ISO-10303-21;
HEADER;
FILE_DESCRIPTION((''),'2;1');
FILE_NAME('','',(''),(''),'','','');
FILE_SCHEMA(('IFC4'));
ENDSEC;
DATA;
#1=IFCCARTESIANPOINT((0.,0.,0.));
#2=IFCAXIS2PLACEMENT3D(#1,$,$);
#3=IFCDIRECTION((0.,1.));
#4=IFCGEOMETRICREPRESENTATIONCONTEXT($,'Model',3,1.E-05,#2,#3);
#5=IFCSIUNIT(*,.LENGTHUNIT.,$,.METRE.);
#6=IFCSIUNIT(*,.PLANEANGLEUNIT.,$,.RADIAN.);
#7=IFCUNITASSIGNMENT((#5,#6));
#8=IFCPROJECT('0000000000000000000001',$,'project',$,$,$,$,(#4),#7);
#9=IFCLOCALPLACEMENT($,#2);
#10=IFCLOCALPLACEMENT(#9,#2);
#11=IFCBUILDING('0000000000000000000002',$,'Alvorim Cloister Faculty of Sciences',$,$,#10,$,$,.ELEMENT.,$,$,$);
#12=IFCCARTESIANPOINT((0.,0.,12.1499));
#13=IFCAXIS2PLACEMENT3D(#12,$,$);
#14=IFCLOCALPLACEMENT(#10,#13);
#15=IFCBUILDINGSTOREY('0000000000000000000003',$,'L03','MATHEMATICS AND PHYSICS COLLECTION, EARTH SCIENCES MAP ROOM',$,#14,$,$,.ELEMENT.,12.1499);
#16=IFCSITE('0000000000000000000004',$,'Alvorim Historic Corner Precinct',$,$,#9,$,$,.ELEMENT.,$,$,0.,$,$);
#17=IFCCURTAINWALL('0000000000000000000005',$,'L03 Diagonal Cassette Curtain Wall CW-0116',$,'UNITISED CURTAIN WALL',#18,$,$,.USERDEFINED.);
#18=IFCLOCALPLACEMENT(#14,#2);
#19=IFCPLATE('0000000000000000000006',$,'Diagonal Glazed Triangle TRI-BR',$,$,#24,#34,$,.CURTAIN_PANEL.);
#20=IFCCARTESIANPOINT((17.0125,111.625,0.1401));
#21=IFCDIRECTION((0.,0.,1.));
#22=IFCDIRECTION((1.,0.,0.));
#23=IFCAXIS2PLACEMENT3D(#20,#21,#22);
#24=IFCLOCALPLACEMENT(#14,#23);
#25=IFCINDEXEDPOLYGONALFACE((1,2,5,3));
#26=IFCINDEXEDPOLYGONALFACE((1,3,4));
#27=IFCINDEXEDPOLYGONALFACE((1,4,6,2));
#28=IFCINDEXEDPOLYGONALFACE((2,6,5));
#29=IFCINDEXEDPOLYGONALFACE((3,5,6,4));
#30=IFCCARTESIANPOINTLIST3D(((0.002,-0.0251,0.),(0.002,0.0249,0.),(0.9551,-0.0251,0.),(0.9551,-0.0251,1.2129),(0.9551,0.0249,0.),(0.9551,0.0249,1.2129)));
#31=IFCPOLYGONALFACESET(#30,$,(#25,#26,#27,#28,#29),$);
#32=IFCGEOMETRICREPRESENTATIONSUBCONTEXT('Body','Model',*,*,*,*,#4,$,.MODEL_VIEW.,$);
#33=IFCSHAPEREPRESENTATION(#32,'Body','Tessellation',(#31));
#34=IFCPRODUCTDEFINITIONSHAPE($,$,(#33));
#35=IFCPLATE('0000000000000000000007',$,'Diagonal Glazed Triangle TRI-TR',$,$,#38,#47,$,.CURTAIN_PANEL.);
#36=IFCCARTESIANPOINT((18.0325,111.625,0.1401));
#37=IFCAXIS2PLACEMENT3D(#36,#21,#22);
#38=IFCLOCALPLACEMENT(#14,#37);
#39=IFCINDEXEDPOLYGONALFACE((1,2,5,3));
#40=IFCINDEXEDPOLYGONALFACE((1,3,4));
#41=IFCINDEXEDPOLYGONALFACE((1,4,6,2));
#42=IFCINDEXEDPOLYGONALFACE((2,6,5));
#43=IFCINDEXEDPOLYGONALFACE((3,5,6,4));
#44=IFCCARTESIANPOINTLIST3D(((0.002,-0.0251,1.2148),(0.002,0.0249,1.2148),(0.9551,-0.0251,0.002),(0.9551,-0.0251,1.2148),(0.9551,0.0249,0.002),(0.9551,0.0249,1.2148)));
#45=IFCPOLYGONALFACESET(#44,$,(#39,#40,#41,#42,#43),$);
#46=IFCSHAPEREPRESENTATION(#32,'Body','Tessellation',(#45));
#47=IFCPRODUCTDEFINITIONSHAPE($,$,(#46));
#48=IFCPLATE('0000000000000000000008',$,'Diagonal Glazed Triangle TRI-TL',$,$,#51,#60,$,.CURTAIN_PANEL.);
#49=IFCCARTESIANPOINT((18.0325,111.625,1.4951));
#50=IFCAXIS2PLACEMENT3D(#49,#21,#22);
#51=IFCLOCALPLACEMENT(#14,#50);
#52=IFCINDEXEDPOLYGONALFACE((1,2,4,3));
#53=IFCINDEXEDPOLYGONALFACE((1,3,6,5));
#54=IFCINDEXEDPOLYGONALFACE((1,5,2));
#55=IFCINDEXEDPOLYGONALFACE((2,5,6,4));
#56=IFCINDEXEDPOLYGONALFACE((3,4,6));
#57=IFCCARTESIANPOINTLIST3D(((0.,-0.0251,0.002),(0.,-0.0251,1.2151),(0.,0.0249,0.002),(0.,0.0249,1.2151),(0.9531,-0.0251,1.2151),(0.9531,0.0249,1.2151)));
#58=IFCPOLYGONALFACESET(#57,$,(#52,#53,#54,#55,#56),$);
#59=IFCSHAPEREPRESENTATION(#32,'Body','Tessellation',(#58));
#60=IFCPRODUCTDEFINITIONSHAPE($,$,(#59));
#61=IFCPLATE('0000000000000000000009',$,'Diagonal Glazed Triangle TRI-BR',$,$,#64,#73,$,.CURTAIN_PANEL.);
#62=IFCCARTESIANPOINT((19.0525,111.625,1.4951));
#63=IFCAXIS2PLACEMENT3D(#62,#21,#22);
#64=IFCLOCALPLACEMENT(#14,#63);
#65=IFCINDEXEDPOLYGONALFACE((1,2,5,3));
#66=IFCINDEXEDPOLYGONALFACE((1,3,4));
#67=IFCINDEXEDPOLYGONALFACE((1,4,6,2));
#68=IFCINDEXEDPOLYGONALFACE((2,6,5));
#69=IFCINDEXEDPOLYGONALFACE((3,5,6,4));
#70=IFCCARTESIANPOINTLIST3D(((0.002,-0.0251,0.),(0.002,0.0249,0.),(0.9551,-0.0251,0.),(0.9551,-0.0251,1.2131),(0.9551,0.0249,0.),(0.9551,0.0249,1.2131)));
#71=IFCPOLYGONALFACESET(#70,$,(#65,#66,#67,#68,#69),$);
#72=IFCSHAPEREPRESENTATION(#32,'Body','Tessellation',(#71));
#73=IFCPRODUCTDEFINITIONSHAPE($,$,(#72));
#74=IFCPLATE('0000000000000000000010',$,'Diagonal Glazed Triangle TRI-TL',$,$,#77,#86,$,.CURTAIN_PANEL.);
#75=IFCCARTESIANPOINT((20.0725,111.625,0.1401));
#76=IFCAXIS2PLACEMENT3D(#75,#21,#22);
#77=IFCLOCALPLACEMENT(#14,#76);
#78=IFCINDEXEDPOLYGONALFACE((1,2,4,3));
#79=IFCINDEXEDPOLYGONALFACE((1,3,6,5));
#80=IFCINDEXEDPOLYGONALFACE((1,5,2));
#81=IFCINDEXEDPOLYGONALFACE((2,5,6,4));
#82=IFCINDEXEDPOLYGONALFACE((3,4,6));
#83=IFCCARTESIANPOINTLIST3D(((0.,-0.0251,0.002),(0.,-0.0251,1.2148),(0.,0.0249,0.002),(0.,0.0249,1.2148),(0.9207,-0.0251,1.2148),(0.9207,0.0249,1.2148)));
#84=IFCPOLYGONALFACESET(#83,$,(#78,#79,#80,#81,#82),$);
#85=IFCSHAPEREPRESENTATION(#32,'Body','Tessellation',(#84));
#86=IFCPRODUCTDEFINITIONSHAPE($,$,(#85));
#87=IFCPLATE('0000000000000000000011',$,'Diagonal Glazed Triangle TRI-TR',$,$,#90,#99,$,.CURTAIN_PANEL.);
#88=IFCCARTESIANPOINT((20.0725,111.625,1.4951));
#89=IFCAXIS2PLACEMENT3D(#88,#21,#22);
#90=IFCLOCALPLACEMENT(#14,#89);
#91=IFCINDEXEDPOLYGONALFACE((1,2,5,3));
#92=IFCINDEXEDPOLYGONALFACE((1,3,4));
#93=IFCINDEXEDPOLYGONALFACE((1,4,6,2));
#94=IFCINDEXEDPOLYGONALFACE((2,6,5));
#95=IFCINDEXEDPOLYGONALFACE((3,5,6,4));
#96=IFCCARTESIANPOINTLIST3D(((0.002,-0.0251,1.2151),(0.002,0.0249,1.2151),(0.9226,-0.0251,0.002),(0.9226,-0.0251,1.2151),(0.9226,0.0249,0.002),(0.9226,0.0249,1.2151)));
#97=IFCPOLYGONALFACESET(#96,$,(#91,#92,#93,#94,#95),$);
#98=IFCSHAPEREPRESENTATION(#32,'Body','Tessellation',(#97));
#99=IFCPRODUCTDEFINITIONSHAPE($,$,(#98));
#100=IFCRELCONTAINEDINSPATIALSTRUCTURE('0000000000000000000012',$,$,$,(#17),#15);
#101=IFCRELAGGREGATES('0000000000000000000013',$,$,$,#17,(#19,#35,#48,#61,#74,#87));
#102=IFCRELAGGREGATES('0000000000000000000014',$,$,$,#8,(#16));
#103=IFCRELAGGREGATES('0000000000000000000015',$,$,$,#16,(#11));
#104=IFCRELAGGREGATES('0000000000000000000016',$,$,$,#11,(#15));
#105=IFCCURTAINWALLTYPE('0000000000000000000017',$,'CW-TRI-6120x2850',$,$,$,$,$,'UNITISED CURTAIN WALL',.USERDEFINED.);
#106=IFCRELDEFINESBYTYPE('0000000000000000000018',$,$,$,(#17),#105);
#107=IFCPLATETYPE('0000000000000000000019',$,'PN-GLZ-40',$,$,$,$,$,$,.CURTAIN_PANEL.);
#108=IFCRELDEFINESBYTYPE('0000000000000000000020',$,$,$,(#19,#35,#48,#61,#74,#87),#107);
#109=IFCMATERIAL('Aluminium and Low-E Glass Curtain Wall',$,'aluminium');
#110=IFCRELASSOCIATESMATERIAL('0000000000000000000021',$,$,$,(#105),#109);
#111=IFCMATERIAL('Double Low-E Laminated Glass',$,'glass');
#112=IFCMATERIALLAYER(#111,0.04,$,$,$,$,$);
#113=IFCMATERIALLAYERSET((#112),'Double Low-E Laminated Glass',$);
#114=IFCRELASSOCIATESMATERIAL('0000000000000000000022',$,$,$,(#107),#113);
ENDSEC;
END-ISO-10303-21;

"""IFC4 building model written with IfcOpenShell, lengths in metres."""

from ifc_helpers import new_model, si_unit, direction, frame, origin, place, context, subcontext, project, spatial, polyline, outline, extrude, material, layer, layer_set, type_object, element, aggregate, save


model = new_model("IFC4")

# Units and contexts
model_context = context("Model", 3, precision=1e-05, world=origin(), true_north=direction((0.0, 1.0)))
body_context = subcontext(model_context, "Body", "Model", "MODEL_VIEW")
ifc_project = project(units=[si_unit("LENGTHUNIT", "METRE"), si_unit("PLANEANGLEUNIT", "RADIAN")], contexts=[model_context])

# Site, building, storey
site_placement = place(None, origin())
site = spatial("IfcSite", under=ifc_project, at=site_placement, Name="Alvorim Historic Corner Precinct", CompositionType="ELEMENT", RefElevation=0.0)
building_placement = place(site_placement, origin())
building = spatial("IfcBuilding", under=site, at=building_placement, Name="Alvorim Cloister Faculty of Sciences", CompositionType="ELEMENT")
storey_placement = place(building_placement, frame((0.0, 0.0, 12.1499)))
storey = spatial("IfcBuildingStorey", under=building, at=storey_placement, Name="L03", Description="MATHEMATICS AND PHYSICS COLLECTION, EARTH SCIENCES MAP ROOM", CompositionType="ELEMENT", Elevation=12.1499)

# Curtain wall
ifc_material_1 = material(Name="Aluminium and Low-E Glass Curtain Wall", Category="aluminium")
curtain_wall_type_1 = type_object("IfcCurtainWallType", Name="CW-TRI-6120x2850", ElementType="UNITISED CURTAIN WALL", PredefinedType="USERDEFINED", material=ifc_material_1)
curtain_wall_1_placement = place(storey_placement, origin())
curtain_wall_1 = element("IfcCurtainWall", 1, at=curtain_wall_1_placement, inside=storey, type_object=curtain_wall_type_1, Name="L03 Diagonal Cassette Curtain Wall CW-0116", ObjectType="UNITISED CURTAIN WALL", PredefinedType="USERDEFINED")

# Plates
ifc_material_2 = material(Name="Double Low-E Laminated Glass", Category="glass")
ifc_layer = layer(ifc_material_2, 0.04)
ifc_layer_set = layer_set([ifc_layer], Name="Double Low-E Laminated Glass")
plate_type = type_object("IfcPlateType", Name="PN-GLZ-40", PredefinedType="CURTAIN_PANEL", material=ifc_layer_set)
plate_1_placement = place(storey_placement, frame((17.0125, 111.625, 0.1401), z_axis=(0.0, 0.0, 1.0), x_axis=(1.0, 0.0, 0.0)))
plate_1 = element("IfcPlate", 2, at=plate_1_placement, type_object=plate_type, Name="Diagonal Glazed Triangle TRI-BR", PredefinedType="CURTAIN_PANEL", context=body_context, shape_type="SweptSolid", body=[
    extrude(outline(polyline([(0.002, 0.0), (0.9551, 0.0), (0.9551, 1.2129), (0.002, 0.0)])), frame((0.0, 0.0249, 0.0), z_axis=(0.0, -1.0, 0.0), x_axis=(1.0, 0.0, 0.0)), (0.0, 0.0, 1.0), 0.05),
])
plate_2_placement = place(storey_placement, frame((18.0325, 111.625, 0.1401), z_axis=(0.0, 0.0, 1.0), x_axis=(1.0, 0.0, 0.0)))
plate_2 = element("IfcPlate", 3, at=plate_2_placement, type_object=plate_type, Name="Diagonal Glazed Triangle TRI-TR", PredefinedType="CURTAIN_PANEL", context=body_context, shape_type="SweptSolid", body=[
    extrude(outline(polyline([(0.9551, 0.002), (0.9551, 1.2148), (0.002, 1.2148), (0.9551, 0.002)])), frame((0.0, 0.0249, 0.0), z_axis=(0.0, -1.0, 0.0), x_axis=(1.0, 0.0, 0.0)), (0.0, 0.0, 1.0), 0.05),
])
plate_3_placement = place(storey_placement, frame((18.0325, 111.625, 1.4951), z_axis=(0.0, 0.0, 1.0), x_axis=(1.0, 0.0, 0.0)))
plate_3 = element("IfcPlate", 4, at=plate_3_placement, type_object=plate_type, Name="Diagonal Glazed Triangle TRI-TL", PredefinedType="CURTAIN_PANEL", context=body_context, shape_type="SweptSolid", body=[
    extrude(outline(polyline([(0.9531, 1.2151), (0.0, 1.2151), (0.0, 0.002), (0.9531, 1.2151)])), frame((0.0, 0.0249, 0.0), z_axis=(0.0, -1.0, 0.0), x_axis=(1.0, 0.0, 0.0)), (0.0, 0.0, 1.0), 0.05),
])
plate_4_placement = place(storey_placement, frame((19.0525, 111.625, 1.4951), z_axis=(0.0, 0.0, 1.0), x_axis=(1.0, 0.0, 0.0)))
plate_4 = element("IfcPlate", 5, at=plate_4_placement, type_object=plate_type, Name="Diagonal Glazed Triangle TRI-BR", PredefinedType="CURTAIN_PANEL", context=body_context, shape_type="SweptSolid", body=[
    extrude(outline(polyline([(0.002, 0.0), (0.9551, 0.0), (0.9551, 1.2131), (0.002, 0.0)])), frame((0.0, 0.0249, 0.0), z_axis=(0.0, -1.0, 0.0), x_axis=(1.0, 0.0, 0.0)), (0.0, 0.0, 1.0), 0.05),
])
plate_5_placement = place(storey_placement, frame((20.0725, 111.625, 0.1401), z_axis=(0.0, 0.0, 1.0), x_axis=(1.0, 0.0, 0.0)))
plate_5 = element("IfcPlate", 6, at=plate_5_placement, type_object=plate_type, Name="Diagonal Glazed Triangle TRI-TL", PredefinedType="CURTAIN_PANEL", context=body_context, shape_type="SweptSolid", body=[
    extrude(outline(polyline([(0.9207, 1.2148), (0.0, 1.2148), (0.0, 0.002), (0.9207, 1.2148)])), frame((0.0, 0.0249, 0.0), z_axis=(0.0, -1.0, 0.0), x_axis=(1.0, 0.0, 0.0)), (0.0, 0.0, 1.0), 0.05),
])
plate_6_placement = place(storey_placement, frame((20.0725, 111.625, 1.4951), z_axis=(0.0, 0.0, 1.0), x_axis=(1.0, 0.0, 0.0)))
plate_6 = element("IfcPlate", 7, at=plate_6_placement, type_object=plate_type, Name="Diagonal Glazed Triangle TRI-TR", PredefinedType="CURTAIN_PANEL", context=body_context, shape_type="SweptSolid", body=[
    extrude(outline(polyline([(0.9226, 0.002), (0.9226, 1.2151), (0.002, 1.2151), (0.9226, 0.002)])), frame((0.0, 0.0249, 0.0), z_axis=(0.0, -1.0, 0.0), x_axis=(1.0, 0.0, 0.0)), (0.0, 0.0, 1.0), 0.05),
])
aggregate(curtain_wall_1, [plate_1, plate_2, plate_3, plate_4, plate_5, plate_6])

save(model, "model.ifc")
